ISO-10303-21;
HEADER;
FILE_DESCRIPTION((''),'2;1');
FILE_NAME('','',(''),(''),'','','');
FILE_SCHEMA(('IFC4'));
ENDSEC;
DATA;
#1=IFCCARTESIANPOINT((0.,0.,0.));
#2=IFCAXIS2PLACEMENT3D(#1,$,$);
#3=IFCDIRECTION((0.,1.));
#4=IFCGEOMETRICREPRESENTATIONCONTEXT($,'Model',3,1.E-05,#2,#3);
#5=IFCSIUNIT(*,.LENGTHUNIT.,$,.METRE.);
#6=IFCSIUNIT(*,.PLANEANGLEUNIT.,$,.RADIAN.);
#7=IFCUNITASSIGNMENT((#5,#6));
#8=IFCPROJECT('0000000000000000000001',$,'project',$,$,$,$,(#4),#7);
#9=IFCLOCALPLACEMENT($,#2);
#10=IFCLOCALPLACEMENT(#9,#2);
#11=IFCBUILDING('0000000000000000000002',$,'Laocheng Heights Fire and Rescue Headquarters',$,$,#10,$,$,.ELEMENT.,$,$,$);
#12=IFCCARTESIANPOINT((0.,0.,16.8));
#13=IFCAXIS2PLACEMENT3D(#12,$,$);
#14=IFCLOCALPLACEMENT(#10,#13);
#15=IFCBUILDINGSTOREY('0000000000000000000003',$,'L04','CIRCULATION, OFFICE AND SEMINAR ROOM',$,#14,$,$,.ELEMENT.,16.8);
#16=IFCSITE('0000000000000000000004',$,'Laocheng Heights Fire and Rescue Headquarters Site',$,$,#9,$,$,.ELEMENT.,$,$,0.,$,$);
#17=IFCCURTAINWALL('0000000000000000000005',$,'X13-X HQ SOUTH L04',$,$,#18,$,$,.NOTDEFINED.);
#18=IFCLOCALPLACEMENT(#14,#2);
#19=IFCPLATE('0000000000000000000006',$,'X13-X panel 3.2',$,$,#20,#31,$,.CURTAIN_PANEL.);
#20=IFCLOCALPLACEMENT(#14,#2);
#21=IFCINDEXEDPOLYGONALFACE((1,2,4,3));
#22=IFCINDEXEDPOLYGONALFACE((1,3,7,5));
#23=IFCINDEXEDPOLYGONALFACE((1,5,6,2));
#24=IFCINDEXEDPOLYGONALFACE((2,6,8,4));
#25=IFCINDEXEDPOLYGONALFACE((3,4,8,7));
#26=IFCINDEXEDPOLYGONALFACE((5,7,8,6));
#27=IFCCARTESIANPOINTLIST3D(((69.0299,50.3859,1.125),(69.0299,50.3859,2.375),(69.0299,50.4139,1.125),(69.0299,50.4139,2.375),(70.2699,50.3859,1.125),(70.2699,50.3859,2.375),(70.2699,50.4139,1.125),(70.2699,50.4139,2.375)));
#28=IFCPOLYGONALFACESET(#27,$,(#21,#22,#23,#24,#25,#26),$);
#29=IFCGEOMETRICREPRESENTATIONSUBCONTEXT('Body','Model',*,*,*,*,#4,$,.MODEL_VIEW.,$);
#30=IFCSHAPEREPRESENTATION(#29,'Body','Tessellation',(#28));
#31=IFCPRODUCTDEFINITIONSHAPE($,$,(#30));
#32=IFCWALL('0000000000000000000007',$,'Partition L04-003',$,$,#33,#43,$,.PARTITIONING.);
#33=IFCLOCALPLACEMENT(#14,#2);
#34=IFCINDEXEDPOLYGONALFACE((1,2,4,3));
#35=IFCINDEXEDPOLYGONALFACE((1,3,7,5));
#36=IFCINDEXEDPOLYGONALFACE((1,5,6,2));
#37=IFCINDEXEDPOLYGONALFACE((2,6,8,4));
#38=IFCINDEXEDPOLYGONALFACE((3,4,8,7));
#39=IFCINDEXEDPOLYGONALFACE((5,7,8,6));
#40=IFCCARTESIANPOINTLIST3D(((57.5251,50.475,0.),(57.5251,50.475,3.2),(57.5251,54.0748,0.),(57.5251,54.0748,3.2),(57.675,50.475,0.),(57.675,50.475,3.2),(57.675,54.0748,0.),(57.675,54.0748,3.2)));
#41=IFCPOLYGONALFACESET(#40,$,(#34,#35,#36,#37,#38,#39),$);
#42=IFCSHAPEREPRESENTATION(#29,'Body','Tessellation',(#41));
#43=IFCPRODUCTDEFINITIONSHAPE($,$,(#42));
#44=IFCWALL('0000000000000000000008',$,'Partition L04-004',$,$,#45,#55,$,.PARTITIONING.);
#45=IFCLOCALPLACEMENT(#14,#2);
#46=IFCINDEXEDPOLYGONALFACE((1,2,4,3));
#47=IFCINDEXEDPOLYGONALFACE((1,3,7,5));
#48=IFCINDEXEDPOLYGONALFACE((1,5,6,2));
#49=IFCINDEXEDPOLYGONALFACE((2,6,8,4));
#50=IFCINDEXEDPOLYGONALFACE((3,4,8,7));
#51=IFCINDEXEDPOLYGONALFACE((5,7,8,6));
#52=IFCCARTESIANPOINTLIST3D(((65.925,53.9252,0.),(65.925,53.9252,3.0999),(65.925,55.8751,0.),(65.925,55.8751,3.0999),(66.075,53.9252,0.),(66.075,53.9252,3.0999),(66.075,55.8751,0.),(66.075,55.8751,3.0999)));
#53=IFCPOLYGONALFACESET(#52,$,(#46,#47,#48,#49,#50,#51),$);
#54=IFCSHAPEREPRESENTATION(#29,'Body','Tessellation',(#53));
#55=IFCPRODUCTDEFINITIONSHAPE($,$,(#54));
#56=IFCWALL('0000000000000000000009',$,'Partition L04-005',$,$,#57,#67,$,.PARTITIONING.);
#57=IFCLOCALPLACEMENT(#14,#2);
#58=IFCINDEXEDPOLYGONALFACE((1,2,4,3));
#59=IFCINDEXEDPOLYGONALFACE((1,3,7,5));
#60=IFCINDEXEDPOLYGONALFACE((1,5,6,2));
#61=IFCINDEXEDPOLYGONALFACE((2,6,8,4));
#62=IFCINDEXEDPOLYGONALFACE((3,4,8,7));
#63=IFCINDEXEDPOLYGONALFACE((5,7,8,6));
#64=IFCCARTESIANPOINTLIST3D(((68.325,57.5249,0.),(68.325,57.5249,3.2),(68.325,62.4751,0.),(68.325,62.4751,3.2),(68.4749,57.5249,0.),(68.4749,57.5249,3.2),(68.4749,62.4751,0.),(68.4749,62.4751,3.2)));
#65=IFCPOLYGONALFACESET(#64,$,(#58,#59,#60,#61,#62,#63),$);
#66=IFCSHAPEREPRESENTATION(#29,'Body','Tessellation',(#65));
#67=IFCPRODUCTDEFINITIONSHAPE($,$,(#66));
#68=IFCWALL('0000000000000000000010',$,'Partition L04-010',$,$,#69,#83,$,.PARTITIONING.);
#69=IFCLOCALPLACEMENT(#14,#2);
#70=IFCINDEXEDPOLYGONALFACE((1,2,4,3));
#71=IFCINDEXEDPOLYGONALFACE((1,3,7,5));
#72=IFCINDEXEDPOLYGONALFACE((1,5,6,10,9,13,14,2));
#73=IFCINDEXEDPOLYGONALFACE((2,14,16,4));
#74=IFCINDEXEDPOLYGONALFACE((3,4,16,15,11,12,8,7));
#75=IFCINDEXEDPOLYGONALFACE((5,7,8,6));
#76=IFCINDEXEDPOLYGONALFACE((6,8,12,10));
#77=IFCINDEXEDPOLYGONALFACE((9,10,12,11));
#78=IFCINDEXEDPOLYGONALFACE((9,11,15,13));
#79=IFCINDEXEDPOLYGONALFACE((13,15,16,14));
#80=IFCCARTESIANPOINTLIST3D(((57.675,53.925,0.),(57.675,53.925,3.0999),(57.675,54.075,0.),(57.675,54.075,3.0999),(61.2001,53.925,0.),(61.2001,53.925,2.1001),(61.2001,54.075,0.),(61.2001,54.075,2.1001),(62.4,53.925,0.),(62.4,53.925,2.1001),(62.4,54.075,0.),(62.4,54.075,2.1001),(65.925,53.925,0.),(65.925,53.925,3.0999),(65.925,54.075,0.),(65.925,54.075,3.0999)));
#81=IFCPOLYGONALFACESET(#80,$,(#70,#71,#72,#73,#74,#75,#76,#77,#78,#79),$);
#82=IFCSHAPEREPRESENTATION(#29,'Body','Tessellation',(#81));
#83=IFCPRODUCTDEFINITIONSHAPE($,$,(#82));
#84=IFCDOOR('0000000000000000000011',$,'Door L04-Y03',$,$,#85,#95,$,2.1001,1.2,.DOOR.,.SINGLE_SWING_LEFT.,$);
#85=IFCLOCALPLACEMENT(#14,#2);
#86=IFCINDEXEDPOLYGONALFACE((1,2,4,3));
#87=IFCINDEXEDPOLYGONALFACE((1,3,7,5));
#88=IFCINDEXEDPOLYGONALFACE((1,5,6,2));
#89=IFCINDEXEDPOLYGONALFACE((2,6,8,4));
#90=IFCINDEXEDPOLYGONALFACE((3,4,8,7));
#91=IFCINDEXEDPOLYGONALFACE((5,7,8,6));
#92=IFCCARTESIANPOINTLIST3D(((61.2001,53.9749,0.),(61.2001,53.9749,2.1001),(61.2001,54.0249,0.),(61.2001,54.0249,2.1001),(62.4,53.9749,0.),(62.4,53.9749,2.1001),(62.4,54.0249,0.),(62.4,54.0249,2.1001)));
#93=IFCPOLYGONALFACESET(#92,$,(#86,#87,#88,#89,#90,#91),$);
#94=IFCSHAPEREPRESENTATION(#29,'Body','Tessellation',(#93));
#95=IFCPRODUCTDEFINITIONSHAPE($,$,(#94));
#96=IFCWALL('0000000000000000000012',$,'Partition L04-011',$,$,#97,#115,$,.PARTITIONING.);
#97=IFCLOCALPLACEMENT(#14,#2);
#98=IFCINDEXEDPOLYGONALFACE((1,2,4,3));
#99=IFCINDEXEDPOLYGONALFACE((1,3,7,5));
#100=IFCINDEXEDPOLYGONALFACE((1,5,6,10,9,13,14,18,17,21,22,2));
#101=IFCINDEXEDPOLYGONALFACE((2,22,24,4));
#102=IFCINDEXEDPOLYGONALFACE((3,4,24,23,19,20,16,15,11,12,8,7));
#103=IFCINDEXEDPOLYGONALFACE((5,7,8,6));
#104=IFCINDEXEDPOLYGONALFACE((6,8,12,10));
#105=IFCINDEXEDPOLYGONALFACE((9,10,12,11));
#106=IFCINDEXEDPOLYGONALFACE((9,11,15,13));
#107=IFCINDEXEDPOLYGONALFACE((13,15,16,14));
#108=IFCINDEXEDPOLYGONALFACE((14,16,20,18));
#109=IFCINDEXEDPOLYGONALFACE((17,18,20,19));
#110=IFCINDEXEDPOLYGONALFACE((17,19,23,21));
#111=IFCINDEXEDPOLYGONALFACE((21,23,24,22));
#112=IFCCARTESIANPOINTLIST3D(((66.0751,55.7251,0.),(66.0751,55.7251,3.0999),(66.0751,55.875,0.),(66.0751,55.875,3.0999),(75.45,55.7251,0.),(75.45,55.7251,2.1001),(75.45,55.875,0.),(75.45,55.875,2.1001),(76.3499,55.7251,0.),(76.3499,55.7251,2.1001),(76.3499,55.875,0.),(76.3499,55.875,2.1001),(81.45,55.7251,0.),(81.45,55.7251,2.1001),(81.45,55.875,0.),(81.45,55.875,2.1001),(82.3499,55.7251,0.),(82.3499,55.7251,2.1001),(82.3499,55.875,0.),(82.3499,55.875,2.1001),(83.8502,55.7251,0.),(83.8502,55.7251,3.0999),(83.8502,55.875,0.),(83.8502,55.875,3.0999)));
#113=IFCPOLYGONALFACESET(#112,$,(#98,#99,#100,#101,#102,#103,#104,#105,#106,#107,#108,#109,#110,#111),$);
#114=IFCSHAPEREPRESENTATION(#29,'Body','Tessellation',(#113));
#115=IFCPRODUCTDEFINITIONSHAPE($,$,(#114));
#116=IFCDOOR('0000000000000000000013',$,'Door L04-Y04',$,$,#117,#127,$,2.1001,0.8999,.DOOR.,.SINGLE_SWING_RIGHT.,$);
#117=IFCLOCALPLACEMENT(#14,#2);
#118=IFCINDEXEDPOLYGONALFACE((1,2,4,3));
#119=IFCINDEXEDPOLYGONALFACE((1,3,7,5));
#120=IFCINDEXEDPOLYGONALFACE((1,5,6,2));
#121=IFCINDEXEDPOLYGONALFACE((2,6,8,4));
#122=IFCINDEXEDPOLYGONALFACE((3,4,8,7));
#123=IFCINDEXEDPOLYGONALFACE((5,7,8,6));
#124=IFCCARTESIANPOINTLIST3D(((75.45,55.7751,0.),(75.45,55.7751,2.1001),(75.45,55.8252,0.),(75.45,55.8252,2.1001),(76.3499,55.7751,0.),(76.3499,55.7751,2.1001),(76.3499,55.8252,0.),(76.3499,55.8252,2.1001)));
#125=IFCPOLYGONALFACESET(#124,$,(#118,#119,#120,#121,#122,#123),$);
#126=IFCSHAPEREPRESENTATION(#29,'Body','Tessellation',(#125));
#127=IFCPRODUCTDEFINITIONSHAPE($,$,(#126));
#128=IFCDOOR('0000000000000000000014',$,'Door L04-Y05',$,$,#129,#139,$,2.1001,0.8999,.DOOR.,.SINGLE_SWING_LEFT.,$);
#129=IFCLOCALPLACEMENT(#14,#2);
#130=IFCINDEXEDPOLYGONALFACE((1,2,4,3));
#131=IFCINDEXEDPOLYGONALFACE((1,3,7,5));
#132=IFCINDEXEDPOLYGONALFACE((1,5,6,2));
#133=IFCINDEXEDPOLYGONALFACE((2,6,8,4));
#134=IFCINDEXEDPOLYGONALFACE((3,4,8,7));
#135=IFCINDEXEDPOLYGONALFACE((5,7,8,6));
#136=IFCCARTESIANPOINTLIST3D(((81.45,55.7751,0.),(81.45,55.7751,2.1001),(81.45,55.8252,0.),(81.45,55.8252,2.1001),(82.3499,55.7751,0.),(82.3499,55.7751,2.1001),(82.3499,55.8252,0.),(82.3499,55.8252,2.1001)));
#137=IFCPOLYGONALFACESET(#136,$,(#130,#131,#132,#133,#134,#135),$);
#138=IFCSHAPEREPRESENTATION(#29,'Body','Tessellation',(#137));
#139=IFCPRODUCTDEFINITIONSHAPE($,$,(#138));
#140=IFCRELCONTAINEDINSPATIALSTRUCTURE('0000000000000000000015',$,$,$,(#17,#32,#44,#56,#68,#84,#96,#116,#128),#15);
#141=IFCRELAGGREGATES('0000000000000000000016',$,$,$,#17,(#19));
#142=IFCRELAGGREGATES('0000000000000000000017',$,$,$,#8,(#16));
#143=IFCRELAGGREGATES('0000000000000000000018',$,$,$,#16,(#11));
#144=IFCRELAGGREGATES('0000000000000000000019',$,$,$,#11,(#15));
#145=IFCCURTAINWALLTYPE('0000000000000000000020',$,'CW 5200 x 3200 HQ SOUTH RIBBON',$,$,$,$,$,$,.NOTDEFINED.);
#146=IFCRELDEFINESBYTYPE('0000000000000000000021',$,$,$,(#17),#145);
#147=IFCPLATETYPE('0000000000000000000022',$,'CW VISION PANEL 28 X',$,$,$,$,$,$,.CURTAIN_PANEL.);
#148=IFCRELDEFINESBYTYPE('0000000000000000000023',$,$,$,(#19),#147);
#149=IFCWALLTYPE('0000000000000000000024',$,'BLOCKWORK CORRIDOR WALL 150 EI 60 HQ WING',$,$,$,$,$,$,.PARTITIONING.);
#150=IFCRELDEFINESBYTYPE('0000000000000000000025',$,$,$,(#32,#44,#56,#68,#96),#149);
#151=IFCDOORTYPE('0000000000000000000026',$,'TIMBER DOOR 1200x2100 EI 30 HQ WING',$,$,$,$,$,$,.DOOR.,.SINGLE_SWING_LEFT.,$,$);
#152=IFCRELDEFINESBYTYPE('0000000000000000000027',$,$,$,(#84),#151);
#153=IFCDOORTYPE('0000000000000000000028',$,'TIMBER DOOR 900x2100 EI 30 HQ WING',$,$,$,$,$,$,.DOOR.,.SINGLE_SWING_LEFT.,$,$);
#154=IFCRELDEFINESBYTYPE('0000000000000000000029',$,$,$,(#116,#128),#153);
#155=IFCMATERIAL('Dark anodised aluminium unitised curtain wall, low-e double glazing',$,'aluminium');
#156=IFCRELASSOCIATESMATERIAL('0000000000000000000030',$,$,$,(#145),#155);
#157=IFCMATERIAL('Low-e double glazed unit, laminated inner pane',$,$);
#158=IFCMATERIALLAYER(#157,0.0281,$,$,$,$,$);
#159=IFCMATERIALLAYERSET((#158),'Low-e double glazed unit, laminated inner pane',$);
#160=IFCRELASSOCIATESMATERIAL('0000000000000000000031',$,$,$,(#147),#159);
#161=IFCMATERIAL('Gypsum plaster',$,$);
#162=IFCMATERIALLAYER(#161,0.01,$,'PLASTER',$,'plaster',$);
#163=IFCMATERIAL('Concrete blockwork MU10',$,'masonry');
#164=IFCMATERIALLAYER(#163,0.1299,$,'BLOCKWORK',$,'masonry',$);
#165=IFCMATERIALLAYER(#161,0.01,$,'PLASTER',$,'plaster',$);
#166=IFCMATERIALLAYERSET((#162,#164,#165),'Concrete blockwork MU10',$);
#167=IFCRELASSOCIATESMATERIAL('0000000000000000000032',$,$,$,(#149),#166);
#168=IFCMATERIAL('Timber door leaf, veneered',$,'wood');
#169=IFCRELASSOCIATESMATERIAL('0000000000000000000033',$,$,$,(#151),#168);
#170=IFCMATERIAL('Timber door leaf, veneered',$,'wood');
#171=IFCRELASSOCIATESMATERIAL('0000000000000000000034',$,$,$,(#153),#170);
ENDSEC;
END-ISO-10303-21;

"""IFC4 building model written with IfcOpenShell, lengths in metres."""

from ifc_helpers import new_model, si_unit, direction, frame, frame_2d, origin, origin_2d, place, context, subcontext, project, spatial, rectangle, extrude, material, layer, layer_set, type_object, element, fill, aggregate, save


model = new_model("IFC4")

# Units and contexts
model_context = context("Model", 3, precision=1e-05, world=origin(), true_north=direction((0.0, 1.0)))
body_context = subcontext(model_context, "Body", "Model", "MODEL_VIEW")
ifc_project = project(units=[si_unit("LENGTHUNIT", "METRE"), si_unit("PLANEANGLEUNIT", "RADIAN")], contexts=[model_context])

# Site, building, storey
site_placement = place(None, origin())
site = spatial("IfcSite", under=ifc_project, at=site_placement, Name="Laocheng Heights Fire and Rescue Headquarters Site", CompositionType="ELEMENT", RefElevation=0.0)
building_placement = place(site_placement, origin())
building = spatial("IfcBuilding", under=site, at=building_placement, Name="Laocheng Heights Fire and Rescue Headquarters", CompositionType="ELEMENT")
storey_placement = place(building_placement, frame((0.0, 0.0, 16.8)))
storey = spatial("IfcBuildingStorey", under=building, at=storey_placement, Name="L04", Description="CIRCULATION, OFFICE AND SEMINAR ROOM", CompositionType="ELEMENT", Elevation=16.8)

# Curtain wall
ifc_material_1 = material(Name="Dark anodised aluminium unitised curtain wall, low-e double glazing", Category="aluminium")
curtain_wall_type = type_object("IfcCurtainWallType", Name="CW 5200 x 3200 HQ SOUTH RIBBON", PredefinedType="NOTDEFINED", material=ifc_material_1)
curtain_wall_placement = place(storey_placement, origin())
curtain_wall = element("IfcCurtainWall", 1, at=curtain_wall_placement, inside=storey, type_object=curtain_wall_type, Name="X13-X HQ SOUTH L04", PredefinedType="NOTDEFINED")

# Plate
ifc_material_2 = material(Name="Low-e double glazed unit, laminated inner pane")
ifc_layer_1 = layer(ifc_material_2, 0.0281)
ifc_layer_set_1 = layer_set([ifc_layer_1], Name="Low-e double glazed unit, laminated inner pane")
plate_type_1 = type_object("IfcPlateType", Name="CW VISION PANEL 28 X", PredefinedType="CURTAIN_PANEL", material=ifc_layer_set_1)
plate_1_placement = place(storey_placement, frame((69.6499, 50.3999, 1.125), z_axis=(0.0, 0.0, 1.0), x_axis=(1.0, 0.0, 0.0)))
plate_1 = element("IfcPlate", 2, at=plate_1_placement, type_object=plate_type_1, Name="X13-X panel 3.2", PredefinedType="CURTAIN_PANEL", context=body_context, shape_type="SweptSolid", body=[
    extrude(rectangle(XDim=1.24, YDim=0.0281, at=origin_2d()), origin(), (0.0, 0.0, 1.0), 1.25),
])
aggregate(curtain_wall, [plate_1])

# Walls
ifc_material_3 = material(Name="Gypsum plaster")
ifc_layer_2 = layer(ifc_material_3, 0.01, Name="PLASTER", Category="plaster")
ifc_material_4 = material(Name="Concrete blockwork MU10", Category="masonry")
ifc_layer_3 = layer(ifc_material_4, 0.1299, Name="BLOCKWORK", Category="masonry")
ifc_layer_4 = layer(ifc_material_3, 0.01, Name="PLASTER", Category="plaster")
ifc_layer_set_2 = layer_set([ifc_layer_2, ifc_layer_3, ifc_layer_4], Name="Concrete blockwork MU10")
wall_type = type_object("IfcWallType", Name="BLOCKWORK CORRIDOR WALL 150 EI 60 HQ WING", PredefinedType="PARTITIONING", material=ifc_layer_set_2)
wall_1_placement = place(storey_placement, frame((57.6001, 50.4751, 0.0), z_axis=(0.0, 0.0, 1.0), x_axis=(0.0, 1.0, 0.0)))
element("IfcWall", 3, at=wall_1_placement, inside=storey, type_object=wall_type, Name="Partition L04-003", PredefinedType="PARTITIONING", context=body_context, shape_type="SweptSolid", body=[
    extrude(rectangle(XDim=3.5999, YDim=0.1499, at=frame_2d((1.7998, 0.0))), origin(), (0.0, 0.0, 1.0), 3.2),
])
wall_2_placement = place(storey_placement, frame((66.0, 53.925, 0.0), z_axis=(0.0, 0.0, 1.0), x_axis=(0.0, 1.0, 0.0)))
element("IfcWall", 4, at=wall_2_placement, inside=storey, type_object=wall_type, Name="Partition L04-004", PredefinedType="PARTITIONING", context=body_context, shape_type="SweptSolid", body=[
    extrude(rectangle(XDim=1.95, YDim=0.1499, at=frame_2d((0.9751, 0.0))), origin(), (0.0, 0.0, 1.0), 3.0999),
])
wall_3_placement = place(storey_placement, frame((68.3999, 57.5249, 0.0), z_axis=(0.0, 0.0, 1.0), x_axis=(0.0, 1.0, 0.0)))
element("IfcWall", 5, at=wall_3_placement, inside=storey, type_object=wall_type, Name="Partition L04-005", PredefinedType="PARTITIONING", context=body_context, shape_type="SweptSolid", body=[
    extrude(rectangle(XDim=4.9502, YDim=0.1499, at=frame_2d((2.4751, 0.0))), origin(), (0.0, 0.0, 1.0), 3.2),
])

# Wall, opening, door
wall_4_placement = place(storey_placement, frame((57.675, 54.0, 0.0), z_axis=(0.0, 0.0, 1.0), x_axis=(1.0, 0.0, 0.0)))
wall_4 = element("IfcWall", 6, at=wall_4_placement, inside=storey, type_object=wall_type, Name="Partition L04-010", PredefinedType="PARTITIONING", context=body_context, shape_type="SweptSolid", body=[
    extrude(rectangle(XDim=8.25, YDim=0.1499, at=frame_2d((4.125, 0.0))), origin(), (0.0, 0.0, 1.0), 3.0999),
])
opening_1_placement = place(wall_4_placement, frame((3.5249, 0.0, 0.0)))
opening_1 = element("IfcOpeningElement", 7, at=opening_1_placement, cuts=wall_4, PredefinedType="OPENING", context=body_context, shape_type="SweptSolid", body=[
    extrude(rectangle(XDim=1.2, YDim=2.1001, at=frame_2d((0.6001, 1.05))), frame((0.0, 0.085, 0.0), z_axis=(0.0, -1.0, 0.0), x_axis=(1.0, 0.0, 0.0)), (0.0, 0.0, 1.0), 0.1699),
])
ifc_material_5 = material(Name="Timber door leaf, veneered", Category="wood")
door_type_1 = type_object("IfcDoorType", Name="TIMBER DOOR 1200x2100 EI 30 HQ WING", OperationType="SINGLE_SWING_LEFT", PredefinedType="DOOR", material=ifc_material_5)
door_1_placement = place(opening_1_placement, origin())
door_1 = element("IfcDoor", 8, at=door_1_placement, inside=storey, type_object=door_type_1, Name="Door L04-Y03", OperationType="SINGLE_SWING_LEFT", OverallHeight=2.1001, OverallWidth=1.2, PredefinedType="DOOR", context=body_context, shape_type="SweptSolid", body=[
    extrude(rectangle(XDim=1.2, YDim=2.1001, at=frame_2d((0.6001, 1.05))), frame((0.0, 0.0249, 0.0), z_axis=(0.0, -1.0, 0.0), x_axis=(1.0, 0.0, 0.0)), (0.0, 0.0, 1.0), 0.05),
])
fill(opening_1, door_1)

# Wall, openings, doors
wall_5_placement = place(storey_placement, frame((66.075, 55.8, 0.0), z_axis=(0.0, 0.0, 1.0), x_axis=(1.0, 0.0, 0.0)))
wall_5 = element("IfcWall", 9, at=wall_5_placement, inside=storey, type_object=wall_type, Name="Partition L04-011", PredefinedType="PARTITIONING", context=body_context, shape_type="SweptSolid", body=[
    extrude(rectangle(XDim=17.7751, YDim=0.1499, at=frame_2d((8.8877, 0.0))), origin(), (0.0, 0.0, 1.0), 3.0999),
])
opening_2_placement = place(wall_5_placement, frame((9.375, 0.0, 0.0)))
opening_2 = element("IfcOpeningElement", 10, at=opening_2_placement, cuts=wall_5, PredefinedType="OPENING", context=body_context, shape_type="SweptSolid", body=[
    extrude(rectangle(XDim=0.8999, YDim=2.1001, at=frame_2d((0.45, 1.05))), frame((0.0, 0.085, 0.0), z_axis=(0.0, -1.0, 0.0), x_axis=(1.0, 0.0, 0.0)), (0.0, 0.0, 1.0), 0.1699),
])
opening_3_placement = place(wall_5_placement, frame((15.375, 0.0, 0.0)))
opening_3 = element("IfcOpeningElement", 11, at=opening_3_placement, cuts=wall_5, PredefinedType="OPENING", context=body_context, shape_type="SweptSolid", body=[
    extrude(rectangle(XDim=0.8999, YDim=2.1001, at=frame_2d((0.45, 1.05))), frame((0.0, 0.085, 0.0), z_axis=(0.0, -1.0, 0.0), x_axis=(1.0, 0.0, 0.0)), (0.0, 0.0, 1.0), 0.1699),
])
ifc_material_6 = material(Name="Timber door leaf, veneered", Category="wood")
door_type_2 = type_object("IfcDoorType", Name="TIMBER DOOR 900x2100 EI 30 HQ WING", OperationType="SINGLE_SWING_LEFT", PredefinedType="DOOR", material=ifc_material_6)
door_2_placement = place(opening_2_placement, frame((0.8999, 0.0, 0.0), z_axis=(0.0, 0.0, 1.0), x_axis=(-1.0, 0.0, 0.0)))
door_2 = element("IfcDoor", 12, at=door_2_placement, inside=storey, type_object=door_type_2, Name="Door L04-Y04", OperationType="SINGLE_SWING_RIGHT", OverallHeight=2.1001, OverallWidth=0.8999, PredefinedType="DOOR", context=body_context, shape_type="SweptSolid", body=[
    extrude(rectangle(XDim=0.8999, YDim=2.1001, at=frame_2d((0.45, 1.05))), frame((0.0, 0.0249, 0.0), z_axis=(0.0, -1.0, 0.0), x_axis=(1.0, 0.0, 0.0)), (0.0, 0.0, 1.0), 0.05),
])
fill(opening_2, door_2)
door_3_placement = place(opening_3_placement, frame((0.8999, 0.0, 0.0), z_axis=(0.0, 0.0, 1.0), x_axis=(-1.0, 0.0, 0.0)))
door_3 = element("IfcDoor", 13, at=door_3_placement, inside=storey, type_object=door_type_2, Name="Door L04-Y05", OperationType="SINGLE_SWING_LEFT", OverallHeight=2.1001, OverallWidth=0.8999, PredefinedType="DOOR", context=body_context, shape_type="SweptSolid", body=[
    extrude(rectangle(XDim=0.8999, YDim=2.1001, at=frame_2d((0.45, 1.05))), frame((0.0, 0.0249, 0.0), z_axis=(0.0, -1.0, 0.0), x_axis=(1.0, 0.0, 0.0)), (0.0, 0.0, 1.0), 0.05),
])
fill(opening_3, door_3)

save(model, "model.ifc")
